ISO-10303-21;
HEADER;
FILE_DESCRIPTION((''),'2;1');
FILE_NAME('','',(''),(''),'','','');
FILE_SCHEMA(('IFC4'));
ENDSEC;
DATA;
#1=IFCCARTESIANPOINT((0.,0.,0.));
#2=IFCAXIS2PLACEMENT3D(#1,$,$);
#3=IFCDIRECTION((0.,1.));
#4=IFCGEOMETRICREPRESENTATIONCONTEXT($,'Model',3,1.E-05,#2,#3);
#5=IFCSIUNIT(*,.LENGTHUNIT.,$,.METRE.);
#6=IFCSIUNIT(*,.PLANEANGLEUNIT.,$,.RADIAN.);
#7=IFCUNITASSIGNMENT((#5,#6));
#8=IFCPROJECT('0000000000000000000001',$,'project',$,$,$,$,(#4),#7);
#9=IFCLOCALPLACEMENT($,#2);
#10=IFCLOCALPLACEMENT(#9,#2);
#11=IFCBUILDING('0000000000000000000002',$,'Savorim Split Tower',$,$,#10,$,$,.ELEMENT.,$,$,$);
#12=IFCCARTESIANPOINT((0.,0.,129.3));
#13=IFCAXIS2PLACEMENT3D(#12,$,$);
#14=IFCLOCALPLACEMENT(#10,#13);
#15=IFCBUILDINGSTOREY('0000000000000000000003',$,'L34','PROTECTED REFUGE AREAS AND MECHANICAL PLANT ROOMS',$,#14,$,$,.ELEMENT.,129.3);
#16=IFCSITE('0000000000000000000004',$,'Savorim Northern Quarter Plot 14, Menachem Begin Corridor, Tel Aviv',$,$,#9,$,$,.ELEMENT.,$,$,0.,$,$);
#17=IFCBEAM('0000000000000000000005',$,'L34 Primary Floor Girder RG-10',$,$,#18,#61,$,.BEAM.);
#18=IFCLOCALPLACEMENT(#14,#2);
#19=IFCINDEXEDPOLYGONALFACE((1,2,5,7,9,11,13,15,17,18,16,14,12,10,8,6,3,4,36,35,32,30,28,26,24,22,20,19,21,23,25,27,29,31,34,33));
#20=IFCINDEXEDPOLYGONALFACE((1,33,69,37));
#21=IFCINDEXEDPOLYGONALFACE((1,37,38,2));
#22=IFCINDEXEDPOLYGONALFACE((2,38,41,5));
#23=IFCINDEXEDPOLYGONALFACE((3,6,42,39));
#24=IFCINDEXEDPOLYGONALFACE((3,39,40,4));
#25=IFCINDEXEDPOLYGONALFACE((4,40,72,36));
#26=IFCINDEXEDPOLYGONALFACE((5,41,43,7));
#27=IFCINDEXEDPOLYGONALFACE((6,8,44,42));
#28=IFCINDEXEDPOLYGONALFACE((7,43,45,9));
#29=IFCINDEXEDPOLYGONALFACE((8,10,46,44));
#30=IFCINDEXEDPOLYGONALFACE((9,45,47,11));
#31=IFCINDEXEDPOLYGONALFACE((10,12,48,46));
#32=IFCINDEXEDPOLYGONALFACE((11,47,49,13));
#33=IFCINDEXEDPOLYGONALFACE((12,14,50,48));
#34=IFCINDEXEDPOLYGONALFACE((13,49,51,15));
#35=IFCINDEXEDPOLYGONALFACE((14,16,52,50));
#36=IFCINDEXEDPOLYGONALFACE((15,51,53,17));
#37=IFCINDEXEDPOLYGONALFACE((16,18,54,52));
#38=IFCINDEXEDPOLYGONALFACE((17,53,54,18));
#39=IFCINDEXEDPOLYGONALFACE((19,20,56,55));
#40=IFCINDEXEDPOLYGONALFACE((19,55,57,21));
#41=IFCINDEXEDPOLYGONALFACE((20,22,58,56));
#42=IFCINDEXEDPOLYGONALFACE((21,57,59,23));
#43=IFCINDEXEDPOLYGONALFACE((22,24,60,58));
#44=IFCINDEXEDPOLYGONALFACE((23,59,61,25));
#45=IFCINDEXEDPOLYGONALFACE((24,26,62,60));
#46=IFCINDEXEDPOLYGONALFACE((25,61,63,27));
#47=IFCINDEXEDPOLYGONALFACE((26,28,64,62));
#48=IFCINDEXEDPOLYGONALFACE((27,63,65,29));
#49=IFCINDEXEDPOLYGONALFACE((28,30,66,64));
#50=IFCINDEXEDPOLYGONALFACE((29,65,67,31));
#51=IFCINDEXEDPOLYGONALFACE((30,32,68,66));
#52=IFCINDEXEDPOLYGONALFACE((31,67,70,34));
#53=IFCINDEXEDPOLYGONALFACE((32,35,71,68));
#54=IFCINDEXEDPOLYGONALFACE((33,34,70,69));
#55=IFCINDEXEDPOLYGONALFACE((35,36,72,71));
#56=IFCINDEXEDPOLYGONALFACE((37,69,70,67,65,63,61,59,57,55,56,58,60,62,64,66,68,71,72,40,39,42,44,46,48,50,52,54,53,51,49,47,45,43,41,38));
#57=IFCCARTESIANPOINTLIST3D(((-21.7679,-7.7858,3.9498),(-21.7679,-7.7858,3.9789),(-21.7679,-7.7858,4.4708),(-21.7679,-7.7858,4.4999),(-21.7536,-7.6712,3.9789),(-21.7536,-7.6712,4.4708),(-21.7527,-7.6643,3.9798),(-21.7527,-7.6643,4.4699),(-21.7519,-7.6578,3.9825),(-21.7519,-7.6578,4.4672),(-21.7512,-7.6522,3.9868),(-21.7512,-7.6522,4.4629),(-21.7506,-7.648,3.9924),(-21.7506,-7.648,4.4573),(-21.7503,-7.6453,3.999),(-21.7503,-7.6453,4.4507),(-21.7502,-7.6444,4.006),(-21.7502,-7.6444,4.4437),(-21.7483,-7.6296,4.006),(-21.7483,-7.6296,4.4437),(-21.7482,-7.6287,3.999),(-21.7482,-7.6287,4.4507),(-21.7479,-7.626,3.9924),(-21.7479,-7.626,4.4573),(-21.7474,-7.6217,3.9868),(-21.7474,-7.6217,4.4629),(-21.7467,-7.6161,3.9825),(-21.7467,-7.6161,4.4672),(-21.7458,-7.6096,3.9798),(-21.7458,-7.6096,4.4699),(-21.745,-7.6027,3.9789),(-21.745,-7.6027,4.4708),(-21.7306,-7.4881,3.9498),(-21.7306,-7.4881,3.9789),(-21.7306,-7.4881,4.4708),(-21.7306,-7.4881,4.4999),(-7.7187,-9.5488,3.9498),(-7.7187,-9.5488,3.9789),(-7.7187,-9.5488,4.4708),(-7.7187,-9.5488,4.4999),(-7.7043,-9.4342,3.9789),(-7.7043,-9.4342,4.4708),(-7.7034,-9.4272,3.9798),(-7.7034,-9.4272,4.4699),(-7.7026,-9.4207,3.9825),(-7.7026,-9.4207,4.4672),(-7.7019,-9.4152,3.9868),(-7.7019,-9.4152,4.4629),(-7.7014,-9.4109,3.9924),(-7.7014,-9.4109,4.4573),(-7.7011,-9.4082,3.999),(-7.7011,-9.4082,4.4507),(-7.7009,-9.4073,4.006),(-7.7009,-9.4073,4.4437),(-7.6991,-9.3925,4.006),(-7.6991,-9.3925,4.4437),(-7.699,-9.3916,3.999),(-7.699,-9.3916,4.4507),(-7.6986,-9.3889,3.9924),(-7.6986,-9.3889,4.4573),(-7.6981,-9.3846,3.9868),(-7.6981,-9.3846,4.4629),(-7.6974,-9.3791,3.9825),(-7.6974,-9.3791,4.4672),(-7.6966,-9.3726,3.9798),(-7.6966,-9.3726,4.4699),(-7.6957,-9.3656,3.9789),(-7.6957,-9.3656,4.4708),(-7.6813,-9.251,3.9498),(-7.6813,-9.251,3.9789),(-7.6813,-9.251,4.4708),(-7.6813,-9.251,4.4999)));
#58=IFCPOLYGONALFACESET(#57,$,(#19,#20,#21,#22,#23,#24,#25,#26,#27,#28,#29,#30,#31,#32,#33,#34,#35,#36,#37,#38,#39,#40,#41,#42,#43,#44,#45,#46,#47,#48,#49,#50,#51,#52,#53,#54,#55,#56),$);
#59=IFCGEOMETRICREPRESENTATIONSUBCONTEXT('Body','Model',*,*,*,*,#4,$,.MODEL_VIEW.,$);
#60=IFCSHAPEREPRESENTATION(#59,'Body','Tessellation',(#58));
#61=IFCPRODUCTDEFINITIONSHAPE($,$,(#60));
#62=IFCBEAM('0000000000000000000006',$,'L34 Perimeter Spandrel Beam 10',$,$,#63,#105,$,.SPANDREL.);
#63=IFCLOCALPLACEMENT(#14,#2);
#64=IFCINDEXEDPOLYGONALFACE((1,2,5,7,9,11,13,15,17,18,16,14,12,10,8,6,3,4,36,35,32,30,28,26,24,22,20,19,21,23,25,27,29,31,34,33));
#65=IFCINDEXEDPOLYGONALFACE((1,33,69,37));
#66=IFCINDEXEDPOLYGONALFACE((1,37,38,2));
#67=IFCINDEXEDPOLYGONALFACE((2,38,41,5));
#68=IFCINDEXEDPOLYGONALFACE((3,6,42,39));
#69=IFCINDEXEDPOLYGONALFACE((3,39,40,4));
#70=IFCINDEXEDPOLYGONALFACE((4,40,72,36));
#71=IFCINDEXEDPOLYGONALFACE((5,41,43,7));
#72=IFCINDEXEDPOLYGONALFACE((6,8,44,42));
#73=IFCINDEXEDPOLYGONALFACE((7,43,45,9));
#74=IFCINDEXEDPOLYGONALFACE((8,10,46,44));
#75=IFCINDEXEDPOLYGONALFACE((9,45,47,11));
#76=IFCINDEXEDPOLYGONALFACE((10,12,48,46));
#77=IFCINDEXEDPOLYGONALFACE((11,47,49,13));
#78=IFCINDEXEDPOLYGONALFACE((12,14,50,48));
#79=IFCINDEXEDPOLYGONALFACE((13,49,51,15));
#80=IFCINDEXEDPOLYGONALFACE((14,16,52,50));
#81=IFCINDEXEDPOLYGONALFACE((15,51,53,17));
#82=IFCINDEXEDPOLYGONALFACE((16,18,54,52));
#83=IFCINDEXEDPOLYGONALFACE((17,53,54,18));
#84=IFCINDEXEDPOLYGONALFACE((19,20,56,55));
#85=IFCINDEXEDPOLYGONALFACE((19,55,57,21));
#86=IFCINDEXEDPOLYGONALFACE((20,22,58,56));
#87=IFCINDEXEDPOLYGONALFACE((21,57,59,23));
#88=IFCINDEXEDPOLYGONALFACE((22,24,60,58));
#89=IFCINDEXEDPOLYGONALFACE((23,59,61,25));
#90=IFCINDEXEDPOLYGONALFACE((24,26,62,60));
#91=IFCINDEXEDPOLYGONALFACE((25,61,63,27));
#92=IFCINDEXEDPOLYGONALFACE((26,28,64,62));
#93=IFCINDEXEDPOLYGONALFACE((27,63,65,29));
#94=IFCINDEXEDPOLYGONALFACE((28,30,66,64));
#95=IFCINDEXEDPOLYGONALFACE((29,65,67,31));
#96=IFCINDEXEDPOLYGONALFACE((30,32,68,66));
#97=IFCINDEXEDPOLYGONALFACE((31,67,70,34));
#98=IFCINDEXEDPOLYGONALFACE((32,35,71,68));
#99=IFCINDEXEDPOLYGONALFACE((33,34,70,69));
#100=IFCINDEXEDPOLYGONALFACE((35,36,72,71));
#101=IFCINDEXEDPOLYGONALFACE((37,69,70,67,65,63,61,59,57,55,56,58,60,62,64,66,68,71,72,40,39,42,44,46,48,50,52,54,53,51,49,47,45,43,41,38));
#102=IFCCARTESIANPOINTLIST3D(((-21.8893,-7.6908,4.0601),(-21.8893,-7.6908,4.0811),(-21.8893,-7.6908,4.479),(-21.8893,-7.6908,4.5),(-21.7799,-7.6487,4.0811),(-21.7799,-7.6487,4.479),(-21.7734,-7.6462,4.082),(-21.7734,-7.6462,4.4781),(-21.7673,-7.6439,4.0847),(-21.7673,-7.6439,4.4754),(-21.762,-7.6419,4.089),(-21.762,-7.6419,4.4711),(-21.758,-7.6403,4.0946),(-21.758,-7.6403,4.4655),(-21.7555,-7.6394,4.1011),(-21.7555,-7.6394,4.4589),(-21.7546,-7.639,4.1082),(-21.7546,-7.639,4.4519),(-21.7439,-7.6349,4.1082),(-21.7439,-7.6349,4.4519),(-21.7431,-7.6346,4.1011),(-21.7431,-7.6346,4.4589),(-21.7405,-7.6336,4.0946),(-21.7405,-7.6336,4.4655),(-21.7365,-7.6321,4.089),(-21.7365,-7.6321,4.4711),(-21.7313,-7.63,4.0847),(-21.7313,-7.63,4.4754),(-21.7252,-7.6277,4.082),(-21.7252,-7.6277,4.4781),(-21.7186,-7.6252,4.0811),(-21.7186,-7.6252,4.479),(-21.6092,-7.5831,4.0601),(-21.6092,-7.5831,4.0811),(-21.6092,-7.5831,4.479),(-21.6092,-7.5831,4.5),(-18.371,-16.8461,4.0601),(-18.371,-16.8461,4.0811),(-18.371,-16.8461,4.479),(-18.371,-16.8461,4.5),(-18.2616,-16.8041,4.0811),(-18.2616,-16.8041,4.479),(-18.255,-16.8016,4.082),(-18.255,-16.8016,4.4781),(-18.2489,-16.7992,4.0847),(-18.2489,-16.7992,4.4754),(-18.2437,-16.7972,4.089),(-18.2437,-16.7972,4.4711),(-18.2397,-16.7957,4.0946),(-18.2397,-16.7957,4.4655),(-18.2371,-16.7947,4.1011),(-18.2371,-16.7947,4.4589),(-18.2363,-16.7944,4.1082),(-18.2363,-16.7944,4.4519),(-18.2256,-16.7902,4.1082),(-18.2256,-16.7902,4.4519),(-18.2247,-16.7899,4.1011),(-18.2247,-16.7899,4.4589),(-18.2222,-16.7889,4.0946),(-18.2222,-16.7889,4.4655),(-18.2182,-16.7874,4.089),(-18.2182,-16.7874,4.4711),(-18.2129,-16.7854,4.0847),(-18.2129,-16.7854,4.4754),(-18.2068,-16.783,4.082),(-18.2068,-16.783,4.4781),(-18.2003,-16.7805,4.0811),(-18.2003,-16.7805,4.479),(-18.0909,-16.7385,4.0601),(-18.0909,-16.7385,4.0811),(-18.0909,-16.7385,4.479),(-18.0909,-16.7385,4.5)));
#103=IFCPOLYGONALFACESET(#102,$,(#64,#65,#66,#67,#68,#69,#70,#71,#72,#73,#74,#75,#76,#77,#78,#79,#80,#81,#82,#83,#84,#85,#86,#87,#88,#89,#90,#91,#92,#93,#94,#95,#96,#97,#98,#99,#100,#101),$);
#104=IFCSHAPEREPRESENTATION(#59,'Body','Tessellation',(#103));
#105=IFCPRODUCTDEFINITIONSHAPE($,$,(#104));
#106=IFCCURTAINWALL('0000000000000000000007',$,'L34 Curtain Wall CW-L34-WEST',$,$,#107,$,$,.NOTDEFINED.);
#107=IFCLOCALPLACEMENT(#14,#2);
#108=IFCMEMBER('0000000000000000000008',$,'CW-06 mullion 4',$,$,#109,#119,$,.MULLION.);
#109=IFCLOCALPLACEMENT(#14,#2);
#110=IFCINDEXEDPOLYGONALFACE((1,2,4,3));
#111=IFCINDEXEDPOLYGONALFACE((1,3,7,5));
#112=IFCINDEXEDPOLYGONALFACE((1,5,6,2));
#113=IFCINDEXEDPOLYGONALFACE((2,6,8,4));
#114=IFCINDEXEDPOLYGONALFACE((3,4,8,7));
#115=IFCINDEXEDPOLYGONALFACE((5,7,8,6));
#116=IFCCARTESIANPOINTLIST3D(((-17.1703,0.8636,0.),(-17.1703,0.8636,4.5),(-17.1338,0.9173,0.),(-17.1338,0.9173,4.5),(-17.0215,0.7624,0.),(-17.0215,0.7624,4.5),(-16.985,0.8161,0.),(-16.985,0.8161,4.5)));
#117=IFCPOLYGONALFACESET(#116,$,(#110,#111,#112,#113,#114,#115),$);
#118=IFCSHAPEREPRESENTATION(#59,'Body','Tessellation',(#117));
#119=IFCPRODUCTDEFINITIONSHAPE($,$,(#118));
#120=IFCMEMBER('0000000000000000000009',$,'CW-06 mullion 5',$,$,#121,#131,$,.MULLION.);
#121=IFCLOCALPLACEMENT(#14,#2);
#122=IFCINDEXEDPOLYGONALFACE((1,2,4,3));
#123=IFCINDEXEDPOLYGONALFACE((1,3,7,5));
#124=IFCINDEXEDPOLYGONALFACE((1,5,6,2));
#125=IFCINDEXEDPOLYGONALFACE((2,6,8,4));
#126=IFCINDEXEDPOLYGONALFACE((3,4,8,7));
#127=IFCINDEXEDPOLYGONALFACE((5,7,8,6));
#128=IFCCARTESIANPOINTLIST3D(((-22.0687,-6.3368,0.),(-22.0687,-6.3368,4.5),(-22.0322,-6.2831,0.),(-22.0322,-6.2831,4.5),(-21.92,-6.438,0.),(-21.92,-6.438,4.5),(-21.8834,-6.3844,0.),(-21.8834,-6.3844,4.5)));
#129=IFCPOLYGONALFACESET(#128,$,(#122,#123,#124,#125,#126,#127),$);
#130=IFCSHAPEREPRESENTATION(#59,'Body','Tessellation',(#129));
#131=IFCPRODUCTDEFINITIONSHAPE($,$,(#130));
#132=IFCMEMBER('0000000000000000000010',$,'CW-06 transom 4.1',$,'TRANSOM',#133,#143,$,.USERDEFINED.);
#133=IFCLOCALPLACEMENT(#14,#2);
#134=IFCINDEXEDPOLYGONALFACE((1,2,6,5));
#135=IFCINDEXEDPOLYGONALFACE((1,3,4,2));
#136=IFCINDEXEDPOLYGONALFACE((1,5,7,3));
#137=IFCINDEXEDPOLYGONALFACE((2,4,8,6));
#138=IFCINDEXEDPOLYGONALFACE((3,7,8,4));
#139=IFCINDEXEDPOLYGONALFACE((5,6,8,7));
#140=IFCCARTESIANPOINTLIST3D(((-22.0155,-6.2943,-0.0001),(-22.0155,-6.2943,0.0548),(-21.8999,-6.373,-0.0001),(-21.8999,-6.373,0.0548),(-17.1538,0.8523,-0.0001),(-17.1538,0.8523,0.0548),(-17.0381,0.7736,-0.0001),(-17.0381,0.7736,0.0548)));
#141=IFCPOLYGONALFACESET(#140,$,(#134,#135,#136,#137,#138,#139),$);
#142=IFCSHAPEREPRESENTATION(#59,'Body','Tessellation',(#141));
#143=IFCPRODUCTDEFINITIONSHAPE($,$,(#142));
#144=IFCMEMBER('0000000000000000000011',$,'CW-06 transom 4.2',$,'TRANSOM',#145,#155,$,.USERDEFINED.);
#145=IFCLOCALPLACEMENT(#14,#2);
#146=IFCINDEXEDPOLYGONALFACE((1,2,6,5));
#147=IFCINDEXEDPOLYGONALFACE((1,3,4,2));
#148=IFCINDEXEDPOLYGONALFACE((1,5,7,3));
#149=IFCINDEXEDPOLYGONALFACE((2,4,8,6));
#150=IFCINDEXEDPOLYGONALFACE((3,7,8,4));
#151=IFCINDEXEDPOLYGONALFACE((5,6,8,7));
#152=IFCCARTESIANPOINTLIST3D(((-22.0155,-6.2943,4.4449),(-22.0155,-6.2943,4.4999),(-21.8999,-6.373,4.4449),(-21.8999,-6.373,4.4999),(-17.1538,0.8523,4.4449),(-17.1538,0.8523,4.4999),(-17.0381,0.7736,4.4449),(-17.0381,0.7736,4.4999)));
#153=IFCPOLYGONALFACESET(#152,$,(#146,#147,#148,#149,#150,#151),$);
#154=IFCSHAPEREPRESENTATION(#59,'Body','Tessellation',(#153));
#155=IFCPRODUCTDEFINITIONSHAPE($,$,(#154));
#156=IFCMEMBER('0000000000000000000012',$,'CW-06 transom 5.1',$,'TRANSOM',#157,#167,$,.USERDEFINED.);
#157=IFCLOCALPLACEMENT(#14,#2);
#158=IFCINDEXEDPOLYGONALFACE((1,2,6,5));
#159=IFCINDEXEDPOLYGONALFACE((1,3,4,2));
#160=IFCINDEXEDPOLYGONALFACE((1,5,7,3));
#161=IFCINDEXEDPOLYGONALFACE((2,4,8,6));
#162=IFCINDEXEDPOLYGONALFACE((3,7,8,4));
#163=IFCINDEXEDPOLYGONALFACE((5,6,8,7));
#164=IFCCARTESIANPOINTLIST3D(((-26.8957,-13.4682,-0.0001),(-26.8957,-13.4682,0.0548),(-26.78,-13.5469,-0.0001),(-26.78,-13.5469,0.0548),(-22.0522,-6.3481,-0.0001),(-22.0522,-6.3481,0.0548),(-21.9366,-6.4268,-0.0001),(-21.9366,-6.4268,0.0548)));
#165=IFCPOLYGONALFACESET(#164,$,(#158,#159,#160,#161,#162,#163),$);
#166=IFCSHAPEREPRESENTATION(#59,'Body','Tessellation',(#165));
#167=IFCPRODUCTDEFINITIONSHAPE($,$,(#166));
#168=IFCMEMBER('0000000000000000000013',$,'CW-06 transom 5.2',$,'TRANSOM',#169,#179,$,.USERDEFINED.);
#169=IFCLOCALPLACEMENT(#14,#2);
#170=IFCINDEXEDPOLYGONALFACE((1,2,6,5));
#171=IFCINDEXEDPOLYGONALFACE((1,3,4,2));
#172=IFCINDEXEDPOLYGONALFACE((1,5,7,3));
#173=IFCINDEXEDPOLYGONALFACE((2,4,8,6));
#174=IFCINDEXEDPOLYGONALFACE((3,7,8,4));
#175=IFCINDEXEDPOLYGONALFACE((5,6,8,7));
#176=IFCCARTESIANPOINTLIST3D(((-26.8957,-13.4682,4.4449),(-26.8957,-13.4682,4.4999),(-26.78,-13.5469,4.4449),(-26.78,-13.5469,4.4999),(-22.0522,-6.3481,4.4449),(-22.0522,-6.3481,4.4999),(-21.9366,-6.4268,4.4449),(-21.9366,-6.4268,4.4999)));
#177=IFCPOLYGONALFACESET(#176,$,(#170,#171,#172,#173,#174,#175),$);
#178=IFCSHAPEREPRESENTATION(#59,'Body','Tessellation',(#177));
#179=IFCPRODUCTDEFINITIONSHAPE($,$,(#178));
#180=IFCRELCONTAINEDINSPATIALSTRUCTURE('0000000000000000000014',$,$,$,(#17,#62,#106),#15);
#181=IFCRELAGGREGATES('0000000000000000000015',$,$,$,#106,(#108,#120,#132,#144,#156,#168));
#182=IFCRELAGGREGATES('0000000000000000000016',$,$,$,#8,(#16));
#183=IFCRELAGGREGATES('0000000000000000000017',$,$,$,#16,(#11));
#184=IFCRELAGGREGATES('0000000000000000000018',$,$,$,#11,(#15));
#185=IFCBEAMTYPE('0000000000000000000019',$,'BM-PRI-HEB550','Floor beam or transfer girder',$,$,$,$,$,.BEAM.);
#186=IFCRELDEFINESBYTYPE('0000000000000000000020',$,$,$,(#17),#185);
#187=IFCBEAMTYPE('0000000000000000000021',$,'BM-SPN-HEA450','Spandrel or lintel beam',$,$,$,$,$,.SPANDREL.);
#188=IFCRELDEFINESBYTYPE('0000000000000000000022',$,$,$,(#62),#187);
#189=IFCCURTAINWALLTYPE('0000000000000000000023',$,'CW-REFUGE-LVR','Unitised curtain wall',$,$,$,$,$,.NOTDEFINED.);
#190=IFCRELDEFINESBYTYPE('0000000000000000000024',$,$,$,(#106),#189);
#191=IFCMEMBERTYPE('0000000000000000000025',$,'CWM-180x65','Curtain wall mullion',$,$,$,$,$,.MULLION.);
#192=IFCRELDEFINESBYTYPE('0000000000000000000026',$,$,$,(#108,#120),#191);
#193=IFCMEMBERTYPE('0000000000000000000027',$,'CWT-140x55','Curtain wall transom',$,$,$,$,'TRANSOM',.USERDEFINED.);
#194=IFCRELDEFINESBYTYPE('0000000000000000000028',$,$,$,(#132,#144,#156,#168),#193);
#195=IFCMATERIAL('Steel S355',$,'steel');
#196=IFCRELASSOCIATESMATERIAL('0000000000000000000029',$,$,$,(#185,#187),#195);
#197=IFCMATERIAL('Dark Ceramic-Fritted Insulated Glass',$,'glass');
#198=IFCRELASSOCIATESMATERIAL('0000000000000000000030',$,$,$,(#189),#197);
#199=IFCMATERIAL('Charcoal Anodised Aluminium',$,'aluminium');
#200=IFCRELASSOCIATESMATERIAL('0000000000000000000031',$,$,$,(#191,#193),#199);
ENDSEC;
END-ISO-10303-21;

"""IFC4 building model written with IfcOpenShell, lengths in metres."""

from ifc_helpers import new_model, si_unit, direction, frame, origin, origin_2d, place, context, subcontext, project, spatial, rectangle, i_section, extrude, material, material_profile, profile_set, type_object, element, aggregate, save


model = new_model("IFC4")

# Units and contexts
model_context = context("Model", 3, precision=1e-05, world=origin(), true_north=direction((0.0, 1.0)))
body_context = subcontext(model_context, "Body", "Model", "MODEL_VIEW")
ifc_project = project(units=[si_unit("LENGTHUNIT", "METRE"), si_unit("PLANEANGLEUNIT", "RADIAN")], contexts=[model_context])

# Site, building, storey
site_placement = place(None, origin())
site = spatial("IfcSite", under=ifc_project, at=site_placement, Name="Savorim Northern Quarter Plot 14, Menachem Begin Corridor, Tel Aviv", CompositionType="ELEMENT", RefElevation=0.0)
building_placement = place(site_placement, origin())
building = spatial("IfcBuilding", under=site, at=building_placement, Name="Savorim Split Tower", CompositionType="ELEMENT")
storey_placement = place(building_placement, frame((0.0, 0.0, 129.3)))
storey = spatial("IfcBuildingStorey", under=building, at=storey_placement, Name="L34", Description="PROTECTED REFUGE AREAS AND MECHANICAL PLANT ROOMS", CompositionType="ELEMENT", Elevation=129.3)

# Beams
ifc_material_1 = material(Name="Steel S355", Category="steel")
ifc_material_profile_1 = material_profile(ifc_material_1, i_section(OverallWidth=0.3, OverallDepth=0.55, WebThickness=0.0149, FlangeThickness=0.0291, FilletRadius=0.0271, at=origin_2d()), Name="HEB 550")
ifc_profile_set_1 = profile_set([ifc_material_profile_1], Name="Steel S355")
beam_type_1 = type_object("IfcBeamType", Name="BM-PRI-HEB550", Description="Floor beam or transfer girder", PredefinedType="BEAM", material=ifc_profile_set_1)
beam_1_placement = place(storey_placement, frame((-21.7493, -7.637, 4.2249), z_axis=(0.992219, -0.124506, 0.0), x_axis=(0.124506, 0.992219, 0.0)))
element("IfcBeam", 1, at=beam_1_placement, inside=storey, type_object=beam_type_1, Name="L34 Primary Floor Girder RG-10", PredefinedType="BEAM", context=body_context, shape_type="SweptSolid", body=[
    extrude(i_section(OverallWidth=0.3, OverallDepth=0.55, WebThickness=0.0149, FlangeThickness=0.0291, FilletRadius=0.0271, at=origin_2d()), origin(), (0.0, 0.0, 1.0), 14.1594),
])
ifc_material_profile_2 = material_profile(ifc_material_1, i_section(OverallWidth=0.3, OverallDepth=0.4399, WebThickness=0.0115, FlangeThickness=0.021, FilletRadius=0.0271, at=origin_2d()), Name="HEA 450")
ifc_profile_set_2 = profile_set([ifc_material_profile_2], Name="Steel S355")
beam_type_2 = type_object("IfcBeamType", Name="BM-SPN-HEA450", Description="Spandrel or lintel beam", PredefinedType="SPANDREL", material=ifc_profile_set_2)
beam_2_placement = place(storey_placement, frame((-21.7493, -7.637, 4.28), z_axis=(0.358717, -0.933446, 0.0), x_axis=(0.933446, 0.358717, 0.0)))
element("IfcBeam", 2, at=beam_2_placement, inside=storey, type_object=beam_type_2, Name="L34 Perimeter Spandrel Beam 10", PredefinedType="SPANDREL", context=body_context, shape_type="SweptSolid", body=[
    extrude(i_section(OverallWidth=0.3, OverallDepth=0.4399, WebThickness=0.0115, FlangeThickness=0.021, FilletRadius=0.0271, at=origin_2d()), origin(), (0.0, 0.0, 1.0), 9.8081),
])

# Curtain wall, members
ifc_material_2 = material(Name="Dark Ceramic-Fritted Insulated Glass", Category="glass")
curtain_wall_type = type_object("IfcCurtainWallType", Name="CW-REFUGE-LVR", Description="Unitised curtain wall", PredefinedType="NOTDEFINED", material=ifc_material_2)
curtain_wall_placement = place(storey_placement, origin())
curtain_wall = element("IfcCurtainWall", 3, at=curtain_wall_placement, inside=storey, type_object=curtain_wall_type, Name="L34 Curtain Wall CW-L34-WEST", PredefinedType="NOTDEFINED")
ifc_material_3 = material(Name="Charcoal Anodised Aluminium", Category="aluminium")
ifc_material_profile_3 = material_profile(ifc_material_3, rectangle(XDim=0.1799, YDim=0.0649, at=origin_2d()), Name="ALU-M 180x65")
ifc_profile_set_3 = profile_set([ifc_material_profile_3], Name="Charcoal Anodised Aluminium")
member_type_1 = type_object("IfcMemberType", Name="CWM-180x65", Description="Curtain wall mullion", PredefinedType="MULLION", material=ifc_profile_set_3)
member_1_placement = place(storey_placement, frame((-17.0776, 0.8398, 0.0), z_axis=(0.0, 0.0, 1.0), x_axis=(0.82682, -0.562467, 0.0)))
member_1 = element("IfcMember", 4, at=member_1_placement, type_object=member_type_1, Name="CW-06 mullion 4", PredefinedType="MULLION", context=body_context, shape_type="SweptSolid", body=[
    extrude(rectangle(XDim=0.1799, YDim=0.0649, at=origin_2d()), origin(), (0.0, 0.0, 1.0), 4.5),
])
member_2_placement = place(storey_placement, frame((-21.9761, -6.3606, 0.0), z_axis=(0.0, 0.0, 1.0), x_axis=(0.82682, -0.562467, 0.0)))
member_2 = element("IfcMember", 5, at=member_2_placement, type_object=member_type_1, Name="CW-06 mullion 5", PredefinedType="MULLION", context=body_context, shape_type="SweptSolid", body=[
    extrude(rectangle(XDim=0.1799, YDim=0.0649, at=origin_2d()), origin(), (0.0, 0.0, 1.0), 4.5),
])
ifc_material_profile_4 = material_profile(ifc_material_3, rectangle(XDim=0.1399, YDim=0.0549, at=origin_2d()), Name="ALU-T 140x55")
ifc_profile_set_4 = profile_set([ifc_material_profile_4], Name="Charcoal Anodised Aluminium")
member_type_2 = type_object("IfcMemberType", Name="CWT-140x55", Description="Curtain wall transom", ElementType="TRANSOM", PredefinedType="USERDEFINED", material=ifc_profile_set_4)
member_3_placement = place(storey_placement, frame((-17.0959, 0.813, 0.0273), z_axis=(-0.562471, -0.826817, 0.0), x_axis=(0.826817, -0.562471, 0.0)))
member_3 = element("IfcMember", 6, at=member_3_placement, type_object=member_type_2, Name="CW-06 transom 4.1", ObjectType="TRANSOM", PredefinedType="USERDEFINED", context=body_context, shape_type="SweptSolid", body=[
    extrude(rectangle(XDim=0.1399, YDim=0.0549, at=origin_2d()), origin(), (0.0, 0.0, 1.0), 8.6436),
])
member_4_placement = place(storey_placement, frame((-17.0959, 0.813, 4.4724), z_axis=(-0.562471, -0.826817, 0.0), x_axis=(0.826817, -0.562471, 0.0)))
member_4 = element("IfcMember", 7, at=member_4_placement, type_object=member_type_2, Name="CW-06 transom 4.2", ObjectType="TRANSOM", PredefinedType="USERDEFINED", context=body_context, shape_type="SweptSolid", body=[
    extrude(rectangle(XDim=0.1399, YDim=0.0549, at=origin_2d()), origin(), (0.0, 0.0, 1.0), 8.6436),
])
member_5_placement = place(storey_placement, frame((-21.9944, -6.3875, 0.0273), z_axis=(-0.562455, -0.826828, 0.0), x_axis=(0.826828, -0.562455, 0.0)))
member_5 = element("IfcMember", 8, at=member_5_placement, type_object=member_type_2, Name="CW-06 transom 5.1", ObjectType="TRANSOM", PredefinedType="USERDEFINED", context=body_context, shape_type="SweptSolid", body=[
    extrude(rectangle(XDim=0.1399, YDim=0.0549, at=origin_2d()), origin(), (0.0, 0.0, 1.0), 8.6113),
])
member_6_placement = place(storey_placement, frame((-21.9944, -6.3875, 4.4724), z_axis=(-0.562455, -0.826828, 0.0), x_axis=(0.826828, -0.562455, 0.0)))
member_6 = element("IfcMember", 9, at=member_6_placement, type_object=member_type_2, Name="CW-06 transom 5.2", ObjectType="TRANSOM", PredefinedType="USERDEFINED", context=body_context, shape_type="SweptSolid", body=[
    extrude(rectangle(XDim=0.1399, YDim=0.0549, at=origin_2d()), origin(), (0.0, 0.0, 1.0), 8.6113),
])

aggregate(curtain_wall, [member_1, member_2, member_3, member_4, member_5, member_6])

save(model, "model.ifc")
